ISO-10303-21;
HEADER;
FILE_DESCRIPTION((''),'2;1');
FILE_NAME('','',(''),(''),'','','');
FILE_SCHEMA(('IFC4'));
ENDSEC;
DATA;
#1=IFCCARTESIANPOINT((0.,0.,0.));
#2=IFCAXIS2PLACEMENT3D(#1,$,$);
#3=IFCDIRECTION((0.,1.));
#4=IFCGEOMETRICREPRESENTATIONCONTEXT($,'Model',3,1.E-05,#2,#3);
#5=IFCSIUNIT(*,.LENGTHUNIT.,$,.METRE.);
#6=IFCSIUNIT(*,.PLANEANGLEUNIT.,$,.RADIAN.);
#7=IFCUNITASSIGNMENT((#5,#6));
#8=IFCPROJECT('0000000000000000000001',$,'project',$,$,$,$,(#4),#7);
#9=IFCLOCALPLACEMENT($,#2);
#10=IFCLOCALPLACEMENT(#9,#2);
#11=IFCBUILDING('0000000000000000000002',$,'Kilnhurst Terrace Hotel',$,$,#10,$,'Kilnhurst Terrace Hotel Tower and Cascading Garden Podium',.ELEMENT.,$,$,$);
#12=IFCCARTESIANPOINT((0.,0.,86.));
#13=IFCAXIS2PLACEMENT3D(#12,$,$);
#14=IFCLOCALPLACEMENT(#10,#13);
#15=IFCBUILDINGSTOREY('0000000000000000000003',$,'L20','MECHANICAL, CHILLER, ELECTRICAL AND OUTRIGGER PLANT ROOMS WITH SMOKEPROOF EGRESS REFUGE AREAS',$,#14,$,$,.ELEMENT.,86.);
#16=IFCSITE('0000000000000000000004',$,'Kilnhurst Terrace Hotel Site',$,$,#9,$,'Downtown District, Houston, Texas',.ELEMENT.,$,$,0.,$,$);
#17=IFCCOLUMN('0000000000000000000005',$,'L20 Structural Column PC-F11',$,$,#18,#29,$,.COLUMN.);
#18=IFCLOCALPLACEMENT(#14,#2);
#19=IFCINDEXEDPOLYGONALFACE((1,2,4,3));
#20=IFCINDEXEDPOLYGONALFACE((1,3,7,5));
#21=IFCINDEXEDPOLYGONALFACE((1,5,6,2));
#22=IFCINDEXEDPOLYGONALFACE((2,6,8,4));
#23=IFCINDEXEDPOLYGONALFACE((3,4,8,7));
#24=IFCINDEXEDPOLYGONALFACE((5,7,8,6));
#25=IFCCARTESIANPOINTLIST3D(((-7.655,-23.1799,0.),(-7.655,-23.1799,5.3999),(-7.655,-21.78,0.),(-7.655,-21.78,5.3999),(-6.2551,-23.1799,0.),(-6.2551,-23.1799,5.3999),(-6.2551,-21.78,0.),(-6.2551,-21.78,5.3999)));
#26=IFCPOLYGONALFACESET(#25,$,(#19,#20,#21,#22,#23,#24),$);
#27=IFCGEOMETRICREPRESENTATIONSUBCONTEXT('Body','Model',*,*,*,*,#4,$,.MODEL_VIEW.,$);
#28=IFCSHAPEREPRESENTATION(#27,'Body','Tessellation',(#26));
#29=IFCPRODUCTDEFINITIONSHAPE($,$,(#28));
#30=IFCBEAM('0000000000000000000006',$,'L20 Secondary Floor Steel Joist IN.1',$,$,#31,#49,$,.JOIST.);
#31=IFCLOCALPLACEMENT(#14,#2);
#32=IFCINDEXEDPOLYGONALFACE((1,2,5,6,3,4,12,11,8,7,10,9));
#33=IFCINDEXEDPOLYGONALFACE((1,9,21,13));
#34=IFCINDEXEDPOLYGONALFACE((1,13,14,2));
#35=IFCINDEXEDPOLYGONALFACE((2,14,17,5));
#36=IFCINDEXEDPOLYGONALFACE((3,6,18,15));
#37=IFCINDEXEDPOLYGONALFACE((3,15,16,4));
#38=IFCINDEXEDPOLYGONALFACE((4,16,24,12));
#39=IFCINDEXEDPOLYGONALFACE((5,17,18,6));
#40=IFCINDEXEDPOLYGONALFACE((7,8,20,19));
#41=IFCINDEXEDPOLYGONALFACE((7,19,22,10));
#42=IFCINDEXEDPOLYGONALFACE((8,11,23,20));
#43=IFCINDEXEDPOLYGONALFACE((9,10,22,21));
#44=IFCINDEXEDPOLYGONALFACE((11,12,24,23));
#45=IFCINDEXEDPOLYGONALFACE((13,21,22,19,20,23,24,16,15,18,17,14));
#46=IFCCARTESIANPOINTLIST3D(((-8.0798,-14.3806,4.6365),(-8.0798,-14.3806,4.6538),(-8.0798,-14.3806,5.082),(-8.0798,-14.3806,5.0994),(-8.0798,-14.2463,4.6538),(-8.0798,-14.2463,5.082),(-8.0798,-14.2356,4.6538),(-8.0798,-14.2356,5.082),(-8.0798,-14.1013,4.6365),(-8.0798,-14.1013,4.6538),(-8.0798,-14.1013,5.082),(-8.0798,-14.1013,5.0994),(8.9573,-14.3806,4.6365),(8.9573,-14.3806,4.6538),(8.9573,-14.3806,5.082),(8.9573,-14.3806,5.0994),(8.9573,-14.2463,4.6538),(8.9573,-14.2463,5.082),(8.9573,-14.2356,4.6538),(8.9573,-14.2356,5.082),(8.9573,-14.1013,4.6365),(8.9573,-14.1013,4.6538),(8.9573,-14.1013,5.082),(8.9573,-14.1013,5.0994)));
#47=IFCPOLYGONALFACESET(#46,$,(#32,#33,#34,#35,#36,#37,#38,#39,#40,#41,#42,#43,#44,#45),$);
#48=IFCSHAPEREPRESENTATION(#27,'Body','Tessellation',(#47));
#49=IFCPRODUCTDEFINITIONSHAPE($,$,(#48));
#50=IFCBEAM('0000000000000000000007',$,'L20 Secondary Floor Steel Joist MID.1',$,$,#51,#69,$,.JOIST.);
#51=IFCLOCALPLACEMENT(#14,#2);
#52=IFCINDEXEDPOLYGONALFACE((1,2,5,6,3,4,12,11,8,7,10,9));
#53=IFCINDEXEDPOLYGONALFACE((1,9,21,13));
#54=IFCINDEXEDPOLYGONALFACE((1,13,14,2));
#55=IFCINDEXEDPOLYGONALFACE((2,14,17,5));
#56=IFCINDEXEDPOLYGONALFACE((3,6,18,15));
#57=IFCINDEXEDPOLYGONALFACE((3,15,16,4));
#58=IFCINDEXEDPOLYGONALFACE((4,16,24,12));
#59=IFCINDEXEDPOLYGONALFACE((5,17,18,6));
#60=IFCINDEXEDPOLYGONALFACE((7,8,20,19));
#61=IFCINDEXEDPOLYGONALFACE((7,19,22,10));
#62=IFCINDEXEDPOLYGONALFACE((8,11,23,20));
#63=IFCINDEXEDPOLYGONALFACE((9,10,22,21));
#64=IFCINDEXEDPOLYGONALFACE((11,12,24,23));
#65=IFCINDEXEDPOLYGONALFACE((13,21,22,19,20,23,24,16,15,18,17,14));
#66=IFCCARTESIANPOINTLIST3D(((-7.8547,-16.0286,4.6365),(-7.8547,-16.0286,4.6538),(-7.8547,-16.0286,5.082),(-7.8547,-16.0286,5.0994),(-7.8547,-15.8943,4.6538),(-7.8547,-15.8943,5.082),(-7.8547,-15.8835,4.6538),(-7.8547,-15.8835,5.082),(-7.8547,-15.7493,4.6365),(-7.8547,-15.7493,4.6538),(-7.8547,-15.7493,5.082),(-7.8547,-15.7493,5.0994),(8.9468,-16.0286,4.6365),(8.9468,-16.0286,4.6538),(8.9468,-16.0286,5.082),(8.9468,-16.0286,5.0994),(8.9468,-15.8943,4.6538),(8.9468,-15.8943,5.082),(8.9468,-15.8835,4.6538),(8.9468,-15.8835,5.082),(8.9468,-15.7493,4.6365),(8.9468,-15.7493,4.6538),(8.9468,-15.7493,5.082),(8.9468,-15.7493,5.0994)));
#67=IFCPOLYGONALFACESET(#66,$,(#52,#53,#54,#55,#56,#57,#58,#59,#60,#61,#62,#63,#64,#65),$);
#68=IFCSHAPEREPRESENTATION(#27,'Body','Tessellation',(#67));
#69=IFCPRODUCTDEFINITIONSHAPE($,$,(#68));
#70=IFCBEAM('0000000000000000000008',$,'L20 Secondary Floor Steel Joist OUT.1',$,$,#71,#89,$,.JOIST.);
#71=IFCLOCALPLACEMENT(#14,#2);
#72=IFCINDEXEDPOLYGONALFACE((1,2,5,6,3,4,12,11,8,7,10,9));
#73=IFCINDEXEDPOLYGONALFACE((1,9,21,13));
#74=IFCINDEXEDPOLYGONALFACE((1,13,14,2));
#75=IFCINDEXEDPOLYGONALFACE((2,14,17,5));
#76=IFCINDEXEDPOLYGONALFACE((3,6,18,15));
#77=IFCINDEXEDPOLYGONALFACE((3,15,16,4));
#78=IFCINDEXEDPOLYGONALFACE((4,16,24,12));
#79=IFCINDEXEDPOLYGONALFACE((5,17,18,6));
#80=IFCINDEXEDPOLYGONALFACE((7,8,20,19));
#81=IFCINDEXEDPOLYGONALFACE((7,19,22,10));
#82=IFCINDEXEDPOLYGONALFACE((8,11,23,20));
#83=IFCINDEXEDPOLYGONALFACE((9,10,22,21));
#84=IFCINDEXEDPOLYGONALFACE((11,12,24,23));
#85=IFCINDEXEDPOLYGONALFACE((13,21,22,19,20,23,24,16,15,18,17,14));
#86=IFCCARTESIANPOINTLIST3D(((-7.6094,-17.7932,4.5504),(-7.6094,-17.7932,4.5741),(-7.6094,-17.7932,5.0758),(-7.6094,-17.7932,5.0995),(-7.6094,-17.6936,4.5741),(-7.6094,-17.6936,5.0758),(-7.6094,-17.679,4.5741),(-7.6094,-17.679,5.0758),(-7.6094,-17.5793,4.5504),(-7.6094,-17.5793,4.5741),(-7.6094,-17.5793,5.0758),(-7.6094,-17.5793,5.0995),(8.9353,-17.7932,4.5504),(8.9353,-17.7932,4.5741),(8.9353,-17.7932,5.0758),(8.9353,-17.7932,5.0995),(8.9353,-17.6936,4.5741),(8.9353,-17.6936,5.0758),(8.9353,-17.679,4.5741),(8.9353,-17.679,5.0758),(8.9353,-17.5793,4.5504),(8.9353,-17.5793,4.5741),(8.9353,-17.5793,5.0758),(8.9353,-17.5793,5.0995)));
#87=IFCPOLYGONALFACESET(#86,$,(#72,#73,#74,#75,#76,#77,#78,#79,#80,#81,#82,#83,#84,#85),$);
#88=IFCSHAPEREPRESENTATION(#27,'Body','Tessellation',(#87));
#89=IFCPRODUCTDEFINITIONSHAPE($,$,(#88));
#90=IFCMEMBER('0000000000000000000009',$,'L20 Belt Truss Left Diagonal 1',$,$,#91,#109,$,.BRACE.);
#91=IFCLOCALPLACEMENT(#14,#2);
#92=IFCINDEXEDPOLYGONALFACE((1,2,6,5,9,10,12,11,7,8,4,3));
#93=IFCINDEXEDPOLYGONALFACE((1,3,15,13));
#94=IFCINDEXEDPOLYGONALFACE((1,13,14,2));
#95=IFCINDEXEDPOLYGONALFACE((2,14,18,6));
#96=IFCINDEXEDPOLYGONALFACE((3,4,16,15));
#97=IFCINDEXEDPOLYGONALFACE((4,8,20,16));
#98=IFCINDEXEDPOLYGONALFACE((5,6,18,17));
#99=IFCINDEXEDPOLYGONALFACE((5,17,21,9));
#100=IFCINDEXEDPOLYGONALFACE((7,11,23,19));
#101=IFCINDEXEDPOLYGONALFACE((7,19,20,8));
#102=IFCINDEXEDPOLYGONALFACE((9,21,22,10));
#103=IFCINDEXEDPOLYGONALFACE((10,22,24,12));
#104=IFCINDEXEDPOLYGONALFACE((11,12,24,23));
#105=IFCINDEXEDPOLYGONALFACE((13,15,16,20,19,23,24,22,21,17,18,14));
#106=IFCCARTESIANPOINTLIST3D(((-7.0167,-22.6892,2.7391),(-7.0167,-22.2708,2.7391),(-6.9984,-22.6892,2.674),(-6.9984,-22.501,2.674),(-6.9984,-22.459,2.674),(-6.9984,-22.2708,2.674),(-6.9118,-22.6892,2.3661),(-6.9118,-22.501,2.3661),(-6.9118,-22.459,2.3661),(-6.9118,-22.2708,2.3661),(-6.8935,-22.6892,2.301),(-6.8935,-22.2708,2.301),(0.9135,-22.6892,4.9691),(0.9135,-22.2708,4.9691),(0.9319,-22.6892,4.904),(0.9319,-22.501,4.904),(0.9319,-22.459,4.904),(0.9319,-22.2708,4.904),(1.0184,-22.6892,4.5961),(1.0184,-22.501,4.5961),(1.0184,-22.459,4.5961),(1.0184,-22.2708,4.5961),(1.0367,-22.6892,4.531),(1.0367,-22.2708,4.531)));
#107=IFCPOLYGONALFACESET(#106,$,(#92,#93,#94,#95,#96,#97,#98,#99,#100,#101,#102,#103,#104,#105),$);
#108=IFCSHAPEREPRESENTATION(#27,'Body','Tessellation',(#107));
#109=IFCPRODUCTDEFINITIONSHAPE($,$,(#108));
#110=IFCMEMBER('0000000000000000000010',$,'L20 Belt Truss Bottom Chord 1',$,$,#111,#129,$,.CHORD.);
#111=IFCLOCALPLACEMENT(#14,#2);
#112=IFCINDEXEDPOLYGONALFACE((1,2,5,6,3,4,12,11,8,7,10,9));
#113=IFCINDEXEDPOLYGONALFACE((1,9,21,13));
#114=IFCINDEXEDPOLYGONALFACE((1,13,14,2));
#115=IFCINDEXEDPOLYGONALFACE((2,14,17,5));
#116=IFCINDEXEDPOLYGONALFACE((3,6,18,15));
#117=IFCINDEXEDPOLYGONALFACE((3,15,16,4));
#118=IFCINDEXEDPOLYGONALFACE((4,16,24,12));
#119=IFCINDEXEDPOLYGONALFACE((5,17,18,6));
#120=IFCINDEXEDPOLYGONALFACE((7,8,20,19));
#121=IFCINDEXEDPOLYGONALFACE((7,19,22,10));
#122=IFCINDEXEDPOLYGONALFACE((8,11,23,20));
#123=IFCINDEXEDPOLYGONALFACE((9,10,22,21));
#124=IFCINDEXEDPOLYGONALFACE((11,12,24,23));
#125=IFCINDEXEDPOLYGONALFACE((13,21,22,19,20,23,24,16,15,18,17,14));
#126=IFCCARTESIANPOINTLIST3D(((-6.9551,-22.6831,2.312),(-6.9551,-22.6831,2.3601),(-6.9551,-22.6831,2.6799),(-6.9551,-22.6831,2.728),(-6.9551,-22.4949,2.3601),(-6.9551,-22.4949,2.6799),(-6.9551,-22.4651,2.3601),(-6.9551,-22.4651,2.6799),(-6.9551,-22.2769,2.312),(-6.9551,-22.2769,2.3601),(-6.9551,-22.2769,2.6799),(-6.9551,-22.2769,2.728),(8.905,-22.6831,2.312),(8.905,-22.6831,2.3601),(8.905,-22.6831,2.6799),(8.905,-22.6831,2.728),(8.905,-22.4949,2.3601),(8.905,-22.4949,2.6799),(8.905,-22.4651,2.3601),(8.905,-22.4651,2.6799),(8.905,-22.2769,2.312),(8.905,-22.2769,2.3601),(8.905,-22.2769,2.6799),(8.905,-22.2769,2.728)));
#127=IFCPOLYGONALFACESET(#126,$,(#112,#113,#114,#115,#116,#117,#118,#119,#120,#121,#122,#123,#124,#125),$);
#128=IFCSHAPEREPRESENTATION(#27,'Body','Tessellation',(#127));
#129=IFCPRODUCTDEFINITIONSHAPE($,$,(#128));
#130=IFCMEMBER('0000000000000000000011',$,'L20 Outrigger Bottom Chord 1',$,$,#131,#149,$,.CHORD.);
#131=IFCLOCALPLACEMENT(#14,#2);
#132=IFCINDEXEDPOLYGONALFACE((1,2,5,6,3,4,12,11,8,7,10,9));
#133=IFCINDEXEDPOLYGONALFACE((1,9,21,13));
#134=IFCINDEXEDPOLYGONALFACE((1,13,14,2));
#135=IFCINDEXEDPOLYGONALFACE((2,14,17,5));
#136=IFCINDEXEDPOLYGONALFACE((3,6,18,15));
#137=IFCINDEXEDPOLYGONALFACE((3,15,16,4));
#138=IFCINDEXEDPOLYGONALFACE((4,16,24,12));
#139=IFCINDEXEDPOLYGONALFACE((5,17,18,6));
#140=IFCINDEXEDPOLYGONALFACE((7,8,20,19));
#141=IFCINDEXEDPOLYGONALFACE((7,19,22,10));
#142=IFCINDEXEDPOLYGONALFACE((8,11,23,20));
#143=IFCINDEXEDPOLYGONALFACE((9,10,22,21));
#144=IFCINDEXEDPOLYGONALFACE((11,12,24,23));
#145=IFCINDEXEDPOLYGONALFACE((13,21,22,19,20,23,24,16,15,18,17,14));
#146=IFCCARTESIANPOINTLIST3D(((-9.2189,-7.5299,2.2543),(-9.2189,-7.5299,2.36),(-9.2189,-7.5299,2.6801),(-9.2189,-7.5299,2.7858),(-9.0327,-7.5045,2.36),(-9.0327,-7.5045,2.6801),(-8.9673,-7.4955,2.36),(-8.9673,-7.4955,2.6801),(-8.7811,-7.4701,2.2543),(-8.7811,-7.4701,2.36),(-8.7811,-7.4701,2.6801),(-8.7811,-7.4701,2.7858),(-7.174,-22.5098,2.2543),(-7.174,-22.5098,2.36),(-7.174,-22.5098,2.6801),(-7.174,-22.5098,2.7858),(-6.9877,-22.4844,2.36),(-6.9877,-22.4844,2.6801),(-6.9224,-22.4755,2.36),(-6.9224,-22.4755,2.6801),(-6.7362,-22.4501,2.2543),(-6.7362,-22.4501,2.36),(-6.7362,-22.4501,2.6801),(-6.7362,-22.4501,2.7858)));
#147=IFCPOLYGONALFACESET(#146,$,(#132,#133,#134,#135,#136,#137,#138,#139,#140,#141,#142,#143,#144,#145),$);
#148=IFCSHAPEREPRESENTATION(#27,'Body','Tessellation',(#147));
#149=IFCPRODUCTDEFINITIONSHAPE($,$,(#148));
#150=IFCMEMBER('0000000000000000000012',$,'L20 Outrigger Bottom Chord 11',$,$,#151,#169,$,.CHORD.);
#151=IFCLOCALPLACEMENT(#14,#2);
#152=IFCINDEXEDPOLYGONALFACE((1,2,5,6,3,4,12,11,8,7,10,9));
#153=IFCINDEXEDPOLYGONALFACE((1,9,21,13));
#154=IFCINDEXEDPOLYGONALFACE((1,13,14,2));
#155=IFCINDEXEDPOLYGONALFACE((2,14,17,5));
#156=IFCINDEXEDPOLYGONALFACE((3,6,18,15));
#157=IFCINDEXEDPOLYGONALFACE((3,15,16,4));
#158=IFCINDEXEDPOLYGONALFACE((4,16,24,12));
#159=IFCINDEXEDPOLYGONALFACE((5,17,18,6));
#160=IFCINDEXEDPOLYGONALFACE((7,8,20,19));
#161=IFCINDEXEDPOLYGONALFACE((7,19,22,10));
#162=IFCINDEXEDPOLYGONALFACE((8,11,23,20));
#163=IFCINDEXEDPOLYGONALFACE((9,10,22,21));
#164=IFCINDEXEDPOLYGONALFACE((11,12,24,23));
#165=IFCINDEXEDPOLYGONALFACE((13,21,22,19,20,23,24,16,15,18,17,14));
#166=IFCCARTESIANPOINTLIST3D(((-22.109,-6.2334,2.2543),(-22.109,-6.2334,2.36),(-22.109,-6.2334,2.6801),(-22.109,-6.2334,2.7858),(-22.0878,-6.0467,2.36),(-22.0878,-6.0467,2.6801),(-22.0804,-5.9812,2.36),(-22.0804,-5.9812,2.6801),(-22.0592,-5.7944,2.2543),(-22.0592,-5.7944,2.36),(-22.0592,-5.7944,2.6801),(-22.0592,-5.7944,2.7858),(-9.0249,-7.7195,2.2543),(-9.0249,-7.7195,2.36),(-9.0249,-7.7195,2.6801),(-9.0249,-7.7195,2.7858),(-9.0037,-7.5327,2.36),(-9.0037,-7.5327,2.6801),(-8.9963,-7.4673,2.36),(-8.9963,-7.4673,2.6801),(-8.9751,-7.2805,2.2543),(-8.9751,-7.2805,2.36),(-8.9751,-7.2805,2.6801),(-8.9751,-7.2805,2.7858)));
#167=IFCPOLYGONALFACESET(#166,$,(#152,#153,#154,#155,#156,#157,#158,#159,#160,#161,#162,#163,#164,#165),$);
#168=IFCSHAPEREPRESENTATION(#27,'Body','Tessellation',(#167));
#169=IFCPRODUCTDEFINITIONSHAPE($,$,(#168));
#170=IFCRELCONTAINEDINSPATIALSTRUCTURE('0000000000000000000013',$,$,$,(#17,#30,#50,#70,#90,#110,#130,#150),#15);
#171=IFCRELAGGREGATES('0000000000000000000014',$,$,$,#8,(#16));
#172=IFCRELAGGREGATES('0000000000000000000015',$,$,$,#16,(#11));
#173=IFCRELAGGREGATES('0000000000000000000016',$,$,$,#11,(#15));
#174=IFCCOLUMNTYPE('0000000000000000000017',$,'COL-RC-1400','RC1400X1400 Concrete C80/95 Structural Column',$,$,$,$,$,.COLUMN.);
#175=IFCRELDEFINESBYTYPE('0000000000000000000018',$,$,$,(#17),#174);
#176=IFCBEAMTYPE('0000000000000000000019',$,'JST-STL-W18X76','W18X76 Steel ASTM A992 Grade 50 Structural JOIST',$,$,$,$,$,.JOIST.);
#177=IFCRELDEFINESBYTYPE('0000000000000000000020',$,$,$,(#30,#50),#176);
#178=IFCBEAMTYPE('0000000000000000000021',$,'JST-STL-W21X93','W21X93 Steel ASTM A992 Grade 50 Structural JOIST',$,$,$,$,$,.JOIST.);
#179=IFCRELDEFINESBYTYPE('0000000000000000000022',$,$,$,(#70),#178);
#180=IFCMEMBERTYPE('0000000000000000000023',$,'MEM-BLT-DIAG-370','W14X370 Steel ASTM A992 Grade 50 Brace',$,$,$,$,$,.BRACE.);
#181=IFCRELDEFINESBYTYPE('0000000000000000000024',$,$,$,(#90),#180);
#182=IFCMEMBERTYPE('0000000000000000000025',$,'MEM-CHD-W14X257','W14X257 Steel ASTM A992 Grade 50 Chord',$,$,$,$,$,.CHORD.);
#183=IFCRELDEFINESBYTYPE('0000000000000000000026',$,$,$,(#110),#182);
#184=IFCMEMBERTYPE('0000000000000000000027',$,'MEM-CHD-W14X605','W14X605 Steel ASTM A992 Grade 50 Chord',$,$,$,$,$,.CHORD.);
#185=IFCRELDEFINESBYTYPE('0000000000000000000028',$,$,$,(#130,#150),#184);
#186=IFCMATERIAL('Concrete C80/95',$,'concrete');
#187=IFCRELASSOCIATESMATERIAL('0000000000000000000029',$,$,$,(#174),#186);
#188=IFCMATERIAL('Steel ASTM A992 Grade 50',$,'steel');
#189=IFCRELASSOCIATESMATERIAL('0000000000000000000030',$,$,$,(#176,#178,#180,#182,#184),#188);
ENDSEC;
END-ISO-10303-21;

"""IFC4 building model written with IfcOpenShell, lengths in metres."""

from ifc_helpers import new_model, si_unit, direction, frame, origin, origin_2d, place, context, subcontext, project, spatial, rectangle, i_section, extrude, material, material_profile, profile_set, type_object, element, save


model = new_model("IFC4")

# Units and contexts
model_context = context("Model", 3, precision=1e-05, world=origin(), true_north=direction((0.0, 1.0)))
body_context = subcontext(model_context, "Body", "Model", "MODEL_VIEW")
ifc_project = project(units=[si_unit("LENGTHUNIT", "METRE"), si_unit("PLANEANGLEUNIT", "RADIAN")], contexts=[model_context])

# Site, building, storey
site_placement = place(None, origin())
site = spatial("IfcSite", under=ifc_project, at=site_placement, Name="Kilnhurst Terrace Hotel Site", LongName="Downtown District, Houston, Texas", CompositionType="ELEMENT", RefElevation=0.0)
building_placement = place(site_placement, origin())
building = spatial("IfcBuilding", under=site, at=building_placement, Name="Kilnhurst Terrace Hotel", LongName="Kilnhurst Terrace Hotel Tower and Cascading Garden Podium", CompositionType="ELEMENT")
storey_placement = place(building_placement, frame((0.0, 0.0, 86.0)))
storey = spatial("IfcBuildingStorey", under=building, at=storey_placement, Name="L20", Description="MECHANICAL, CHILLER, ELECTRICAL AND OUTRIGGER PLANT ROOMS WITH SMOKEPROOF EGRESS REFUGE AREAS", CompositionType="ELEMENT", Elevation=86.0)

# Column
ifc_material_1 = material(Name="Concrete C80/95", Category="concrete")
ifc_material_profile_1 = material_profile(ifc_material_1, rectangle(XDim=1.3999, YDim=1.3999, at=origin_2d()), Name="RC1400X1400")
ifc_profile_set_1 = profile_set([ifc_material_profile_1], Name="Concrete C80/95")
column_type = type_object("IfcColumnType", Name="COL-RC-1400", Description="RC1400X1400 Concrete C80/95 Structural Column", PredefinedType="COLUMN", material=ifc_profile_set_1)
column_placement = place(storey_placement, frame((-6.9551, -22.48, 0.0), z_axis=(0.0, 0.0, 1.0), x_axis=(1.0, 0.0, 0.0)))
element("IfcColumn", 1, at=column_placement, inside=storey, type_object=column_type, Name="L20 Structural Column PC-F11", PredefinedType="COLUMN", context=body_context, shape_type="SweptSolid", body=[
    extrude(rectangle(XDim=1.3999, YDim=1.3999, at=origin_2d()), origin(), (0.0, 0.0, 1.0), 5.3999),
])

# Beams
ifc_material_2 = material(Name="Steel ASTM A992 Grade 50", Category="steel")
ifc_material_profile_2 = material_profile(ifc_material_2, i_section(OverallWidth=0.2793, OverallDepth=0.4629, WebThickness=0.0107, FlangeThickness=0.0173, at=origin_2d()), Name="W18X76")
ifc_profile_set_2 = profile_set([ifc_material_profile_2], Name="Steel ASTM A992 Grade 50")
beam_type_1 = type_object("IfcBeamType", Name="JST-STL-W18X76", Description="W18X76 Steel ASTM A992 Grade 50 Structural JOIST", PredefinedType="JOIST", material=ifc_profile_set_2)
beam_1_placement = place(storey_placement, frame((-8.0798, -14.241, 4.8679), z_axis=(1.0, 0.0, 0.0), x_axis=(0.0, 1.0, 0.0)))
element("IfcBeam", 2, at=beam_1_placement, inside=storey, type_object=beam_type_1, Name="L20 Secondary Floor Steel Joist IN.1", PredefinedType="JOIST", context=body_context, shape_type="SweptSolid", body=[
    extrude(i_section(OverallWidth=0.2793, OverallDepth=0.4629, WebThickness=0.0107, FlangeThickness=0.0173, at=origin_2d()), origin(), (0.0, 0.0, 1.0), 17.0371),
])
beam_2_placement = place(storey_placement, frame((-7.8547, -15.8889, 4.8679), z_axis=(1.0, 0.0, 0.0), x_axis=(0.0, 1.0, 0.0)))
element("IfcBeam", 3, at=beam_2_placement, inside=storey, type_object=beam_type_1, Name="L20 Secondary Floor Steel Joist MID.1", PredefinedType="JOIST", context=body_context, shape_type="SweptSolid", body=[
    extrude(i_section(OverallWidth=0.2793, OverallDepth=0.4629, WebThickness=0.0107, FlangeThickness=0.0173, at=origin_2d()), origin(), (0.0, 0.0, 1.0), 16.8015),
])
ifc_material_profile_3 = material_profile(ifc_material_2, i_section(OverallWidth=0.2139, OverallDepth=0.5491, WebThickness=0.0146, FlangeThickness=0.0237, at=origin_2d()), Name="W21X93")
ifc_profile_set_3 = profile_set([ifc_material_profile_3], Name="Steel ASTM A992 Grade 50")
beam_type_2 = type_object("IfcBeamType", Name="JST-STL-W21X93", Description="W21X93 Steel ASTM A992 Grade 50 Structural JOIST", PredefinedType="JOIST", material=ifc_profile_set_3)
beam_3_placement = place(storey_placement, frame((-7.6094, -17.6863, 4.825), z_axis=(1.0, 0.0, 0.0), x_axis=(0.0, 1.0, 0.0)))
element("IfcBeam", 4, at=beam_3_placement, inside=storey, type_object=beam_type_2, Name="L20 Secondary Floor Steel Joist OUT.1", PredefinedType="JOIST", context=body_context, shape_type="SweptSolid", body=[
    extrude(i_section(OverallWidth=0.2139, OverallDepth=0.5491, WebThickness=0.0146, FlangeThickness=0.0237, at=origin_2d()), origin(), (0.0, 0.0, 1.0), 16.5447),
])

# Members
ifc_material_profile_4 = material_profile(ifc_material_2, i_section(OverallWidth=0.4185, OverallDepth=0.4551, WebThickness=0.042, FlangeThickness=0.0676, at=origin_2d()), Name="W14X370")
ifc_profile_set_4 = profile_set([ifc_material_profile_4], Name="Steel ASTM A992 Grade 50")
member_type_1 = type_object("IfcMemberType", Name="MEM-BLT-DIAG-370", Description="W14X370 Steel ASTM A992 Grade 50 Brace", PredefinedType="BRACE", material=ifc_profile_set_4)
member_1_placement = place(storey_placement, frame((-6.9551, -22.48, 2.52), z_axis=(0.962663, 0.0, 0.270703), x_axis=(0.0, 1.0, 0.0)))
element("IfcMember", 5, at=member_1_placement, inside=storey, type_object=member_type_1, Name="L20 Belt Truss Left Diagonal 1", PredefinedType="BRACE", context=body_context, shape_type="SweptSolid", body=[
    extrude(i_section(OverallWidth=0.4185, OverallDepth=0.4551, WebThickness=0.042, FlangeThickness=0.0676, at=origin_2d()), origin(), (0.0, 0.0, 1.0), 8.2378),
])
ifc_material_profile_5 = material_profile(ifc_material_2, i_section(OverallWidth=0.4062, OverallDepth=0.416, WebThickness=0.0298, FlangeThickness=0.0481, at=origin_2d()), Name="W14X257")
ifc_profile_set_5 = profile_set([ifc_material_profile_5], Name="Steel ASTM A992 Grade 50")
member_type_2 = type_object("IfcMemberType", Name="MEM-CHD-W14X257", Description="W14X257 Steel ASTM A992 Grade 50 Chord", PredefinedType="CHORD", material=ifc_profile_set_5)
member_2_placement = place(storey_placement, frame((-6.9551, -22.48, 2.52), z_axis=(1.0, 0.0, 0.0), x_axis=(0.0, 1.0, 0.0)))
element("IfcMember", 6, at=member_2_placement, inside=storey, type_object=member_type_2, Name="L20 Belt Truss Bottom Chord 1", PredefinedType="CHORD", context=body_context, shape_type="SweptSolid", body=[
    extrude(i_section(OverallWidth=0.4062, OverallDepth=0.416, WebThickness=0.0298, FlangeThickness=0.0481, at=origin_2d()), origin(), (0.0, 0.0, 1.0), 15.8601),
])
ifc_material_profile_6 = material_profile(ifc_material_2, i_section(OverallWidth=0.4419, OverallDepth=0.5315, WebThickness=0.0659, FlangeThickness=0.1057, at=origin_2d()), Name="W14X605")
ifc_profile_set_6 = profile_set([ifc_material_profile_6], Name="Steel ASTM A992 Grade 50")
member_type_3 = type_object("IfcMemberType", Name="MEM-CHD-W14X605", Description="W14X605 Steel ASTM A992 Grade 50 Chord", PredefinedType="CHORD", material=ifc_profile_set_6)
member_3_placement = place(storey_placement, frame((-9.0, -7.5, 2.52), z_axis=(0.135256, -0.990811, 0.0), x_axis=(0.990811, 0.135256, 0.0)))
element("IfcMember", 7, at=member_3_placement, inside=storey, type_object=member_type_3, Name="L20 Outrigger Bottom Chord 1", PredefinedType="CHORD", context=body_context, shape_type="SweptSolid", body=[
    extrude(i_section(OverallWidth=0.4419, OverallDepth=0.5315, WebThickness=0.0659, FlangeThickness=0.1057, at=origin_2d()), origin(), (0.0, 0.0, 1.0), 15.1189),
])
member_4_placement = place(storey_placement, frame((-9.0, -7.5, 2.52), z_axis=(-0.993611, 0.112855, 0.0), x_axis=(-0.112855, -0.993611, 0.0)))
element("IfcMember", 8, at=member_4_placement, inside=storey, type_object=member_type_3, Name="L20 Outrigger Bottom Chord 11", PredefinedType="CHORD", context=body_context, shape_type="SweptSolid", body=[
    extrude(i_section(OverallWidth=0.4419, OverallDepth=0.5315, WebThickness=0.0659, FlangeThickness=0.1057, at=origin_2d()), origin(), (0.0, 0.0, 1.0), 13.1682),
])

save(model, "model.ifc")
